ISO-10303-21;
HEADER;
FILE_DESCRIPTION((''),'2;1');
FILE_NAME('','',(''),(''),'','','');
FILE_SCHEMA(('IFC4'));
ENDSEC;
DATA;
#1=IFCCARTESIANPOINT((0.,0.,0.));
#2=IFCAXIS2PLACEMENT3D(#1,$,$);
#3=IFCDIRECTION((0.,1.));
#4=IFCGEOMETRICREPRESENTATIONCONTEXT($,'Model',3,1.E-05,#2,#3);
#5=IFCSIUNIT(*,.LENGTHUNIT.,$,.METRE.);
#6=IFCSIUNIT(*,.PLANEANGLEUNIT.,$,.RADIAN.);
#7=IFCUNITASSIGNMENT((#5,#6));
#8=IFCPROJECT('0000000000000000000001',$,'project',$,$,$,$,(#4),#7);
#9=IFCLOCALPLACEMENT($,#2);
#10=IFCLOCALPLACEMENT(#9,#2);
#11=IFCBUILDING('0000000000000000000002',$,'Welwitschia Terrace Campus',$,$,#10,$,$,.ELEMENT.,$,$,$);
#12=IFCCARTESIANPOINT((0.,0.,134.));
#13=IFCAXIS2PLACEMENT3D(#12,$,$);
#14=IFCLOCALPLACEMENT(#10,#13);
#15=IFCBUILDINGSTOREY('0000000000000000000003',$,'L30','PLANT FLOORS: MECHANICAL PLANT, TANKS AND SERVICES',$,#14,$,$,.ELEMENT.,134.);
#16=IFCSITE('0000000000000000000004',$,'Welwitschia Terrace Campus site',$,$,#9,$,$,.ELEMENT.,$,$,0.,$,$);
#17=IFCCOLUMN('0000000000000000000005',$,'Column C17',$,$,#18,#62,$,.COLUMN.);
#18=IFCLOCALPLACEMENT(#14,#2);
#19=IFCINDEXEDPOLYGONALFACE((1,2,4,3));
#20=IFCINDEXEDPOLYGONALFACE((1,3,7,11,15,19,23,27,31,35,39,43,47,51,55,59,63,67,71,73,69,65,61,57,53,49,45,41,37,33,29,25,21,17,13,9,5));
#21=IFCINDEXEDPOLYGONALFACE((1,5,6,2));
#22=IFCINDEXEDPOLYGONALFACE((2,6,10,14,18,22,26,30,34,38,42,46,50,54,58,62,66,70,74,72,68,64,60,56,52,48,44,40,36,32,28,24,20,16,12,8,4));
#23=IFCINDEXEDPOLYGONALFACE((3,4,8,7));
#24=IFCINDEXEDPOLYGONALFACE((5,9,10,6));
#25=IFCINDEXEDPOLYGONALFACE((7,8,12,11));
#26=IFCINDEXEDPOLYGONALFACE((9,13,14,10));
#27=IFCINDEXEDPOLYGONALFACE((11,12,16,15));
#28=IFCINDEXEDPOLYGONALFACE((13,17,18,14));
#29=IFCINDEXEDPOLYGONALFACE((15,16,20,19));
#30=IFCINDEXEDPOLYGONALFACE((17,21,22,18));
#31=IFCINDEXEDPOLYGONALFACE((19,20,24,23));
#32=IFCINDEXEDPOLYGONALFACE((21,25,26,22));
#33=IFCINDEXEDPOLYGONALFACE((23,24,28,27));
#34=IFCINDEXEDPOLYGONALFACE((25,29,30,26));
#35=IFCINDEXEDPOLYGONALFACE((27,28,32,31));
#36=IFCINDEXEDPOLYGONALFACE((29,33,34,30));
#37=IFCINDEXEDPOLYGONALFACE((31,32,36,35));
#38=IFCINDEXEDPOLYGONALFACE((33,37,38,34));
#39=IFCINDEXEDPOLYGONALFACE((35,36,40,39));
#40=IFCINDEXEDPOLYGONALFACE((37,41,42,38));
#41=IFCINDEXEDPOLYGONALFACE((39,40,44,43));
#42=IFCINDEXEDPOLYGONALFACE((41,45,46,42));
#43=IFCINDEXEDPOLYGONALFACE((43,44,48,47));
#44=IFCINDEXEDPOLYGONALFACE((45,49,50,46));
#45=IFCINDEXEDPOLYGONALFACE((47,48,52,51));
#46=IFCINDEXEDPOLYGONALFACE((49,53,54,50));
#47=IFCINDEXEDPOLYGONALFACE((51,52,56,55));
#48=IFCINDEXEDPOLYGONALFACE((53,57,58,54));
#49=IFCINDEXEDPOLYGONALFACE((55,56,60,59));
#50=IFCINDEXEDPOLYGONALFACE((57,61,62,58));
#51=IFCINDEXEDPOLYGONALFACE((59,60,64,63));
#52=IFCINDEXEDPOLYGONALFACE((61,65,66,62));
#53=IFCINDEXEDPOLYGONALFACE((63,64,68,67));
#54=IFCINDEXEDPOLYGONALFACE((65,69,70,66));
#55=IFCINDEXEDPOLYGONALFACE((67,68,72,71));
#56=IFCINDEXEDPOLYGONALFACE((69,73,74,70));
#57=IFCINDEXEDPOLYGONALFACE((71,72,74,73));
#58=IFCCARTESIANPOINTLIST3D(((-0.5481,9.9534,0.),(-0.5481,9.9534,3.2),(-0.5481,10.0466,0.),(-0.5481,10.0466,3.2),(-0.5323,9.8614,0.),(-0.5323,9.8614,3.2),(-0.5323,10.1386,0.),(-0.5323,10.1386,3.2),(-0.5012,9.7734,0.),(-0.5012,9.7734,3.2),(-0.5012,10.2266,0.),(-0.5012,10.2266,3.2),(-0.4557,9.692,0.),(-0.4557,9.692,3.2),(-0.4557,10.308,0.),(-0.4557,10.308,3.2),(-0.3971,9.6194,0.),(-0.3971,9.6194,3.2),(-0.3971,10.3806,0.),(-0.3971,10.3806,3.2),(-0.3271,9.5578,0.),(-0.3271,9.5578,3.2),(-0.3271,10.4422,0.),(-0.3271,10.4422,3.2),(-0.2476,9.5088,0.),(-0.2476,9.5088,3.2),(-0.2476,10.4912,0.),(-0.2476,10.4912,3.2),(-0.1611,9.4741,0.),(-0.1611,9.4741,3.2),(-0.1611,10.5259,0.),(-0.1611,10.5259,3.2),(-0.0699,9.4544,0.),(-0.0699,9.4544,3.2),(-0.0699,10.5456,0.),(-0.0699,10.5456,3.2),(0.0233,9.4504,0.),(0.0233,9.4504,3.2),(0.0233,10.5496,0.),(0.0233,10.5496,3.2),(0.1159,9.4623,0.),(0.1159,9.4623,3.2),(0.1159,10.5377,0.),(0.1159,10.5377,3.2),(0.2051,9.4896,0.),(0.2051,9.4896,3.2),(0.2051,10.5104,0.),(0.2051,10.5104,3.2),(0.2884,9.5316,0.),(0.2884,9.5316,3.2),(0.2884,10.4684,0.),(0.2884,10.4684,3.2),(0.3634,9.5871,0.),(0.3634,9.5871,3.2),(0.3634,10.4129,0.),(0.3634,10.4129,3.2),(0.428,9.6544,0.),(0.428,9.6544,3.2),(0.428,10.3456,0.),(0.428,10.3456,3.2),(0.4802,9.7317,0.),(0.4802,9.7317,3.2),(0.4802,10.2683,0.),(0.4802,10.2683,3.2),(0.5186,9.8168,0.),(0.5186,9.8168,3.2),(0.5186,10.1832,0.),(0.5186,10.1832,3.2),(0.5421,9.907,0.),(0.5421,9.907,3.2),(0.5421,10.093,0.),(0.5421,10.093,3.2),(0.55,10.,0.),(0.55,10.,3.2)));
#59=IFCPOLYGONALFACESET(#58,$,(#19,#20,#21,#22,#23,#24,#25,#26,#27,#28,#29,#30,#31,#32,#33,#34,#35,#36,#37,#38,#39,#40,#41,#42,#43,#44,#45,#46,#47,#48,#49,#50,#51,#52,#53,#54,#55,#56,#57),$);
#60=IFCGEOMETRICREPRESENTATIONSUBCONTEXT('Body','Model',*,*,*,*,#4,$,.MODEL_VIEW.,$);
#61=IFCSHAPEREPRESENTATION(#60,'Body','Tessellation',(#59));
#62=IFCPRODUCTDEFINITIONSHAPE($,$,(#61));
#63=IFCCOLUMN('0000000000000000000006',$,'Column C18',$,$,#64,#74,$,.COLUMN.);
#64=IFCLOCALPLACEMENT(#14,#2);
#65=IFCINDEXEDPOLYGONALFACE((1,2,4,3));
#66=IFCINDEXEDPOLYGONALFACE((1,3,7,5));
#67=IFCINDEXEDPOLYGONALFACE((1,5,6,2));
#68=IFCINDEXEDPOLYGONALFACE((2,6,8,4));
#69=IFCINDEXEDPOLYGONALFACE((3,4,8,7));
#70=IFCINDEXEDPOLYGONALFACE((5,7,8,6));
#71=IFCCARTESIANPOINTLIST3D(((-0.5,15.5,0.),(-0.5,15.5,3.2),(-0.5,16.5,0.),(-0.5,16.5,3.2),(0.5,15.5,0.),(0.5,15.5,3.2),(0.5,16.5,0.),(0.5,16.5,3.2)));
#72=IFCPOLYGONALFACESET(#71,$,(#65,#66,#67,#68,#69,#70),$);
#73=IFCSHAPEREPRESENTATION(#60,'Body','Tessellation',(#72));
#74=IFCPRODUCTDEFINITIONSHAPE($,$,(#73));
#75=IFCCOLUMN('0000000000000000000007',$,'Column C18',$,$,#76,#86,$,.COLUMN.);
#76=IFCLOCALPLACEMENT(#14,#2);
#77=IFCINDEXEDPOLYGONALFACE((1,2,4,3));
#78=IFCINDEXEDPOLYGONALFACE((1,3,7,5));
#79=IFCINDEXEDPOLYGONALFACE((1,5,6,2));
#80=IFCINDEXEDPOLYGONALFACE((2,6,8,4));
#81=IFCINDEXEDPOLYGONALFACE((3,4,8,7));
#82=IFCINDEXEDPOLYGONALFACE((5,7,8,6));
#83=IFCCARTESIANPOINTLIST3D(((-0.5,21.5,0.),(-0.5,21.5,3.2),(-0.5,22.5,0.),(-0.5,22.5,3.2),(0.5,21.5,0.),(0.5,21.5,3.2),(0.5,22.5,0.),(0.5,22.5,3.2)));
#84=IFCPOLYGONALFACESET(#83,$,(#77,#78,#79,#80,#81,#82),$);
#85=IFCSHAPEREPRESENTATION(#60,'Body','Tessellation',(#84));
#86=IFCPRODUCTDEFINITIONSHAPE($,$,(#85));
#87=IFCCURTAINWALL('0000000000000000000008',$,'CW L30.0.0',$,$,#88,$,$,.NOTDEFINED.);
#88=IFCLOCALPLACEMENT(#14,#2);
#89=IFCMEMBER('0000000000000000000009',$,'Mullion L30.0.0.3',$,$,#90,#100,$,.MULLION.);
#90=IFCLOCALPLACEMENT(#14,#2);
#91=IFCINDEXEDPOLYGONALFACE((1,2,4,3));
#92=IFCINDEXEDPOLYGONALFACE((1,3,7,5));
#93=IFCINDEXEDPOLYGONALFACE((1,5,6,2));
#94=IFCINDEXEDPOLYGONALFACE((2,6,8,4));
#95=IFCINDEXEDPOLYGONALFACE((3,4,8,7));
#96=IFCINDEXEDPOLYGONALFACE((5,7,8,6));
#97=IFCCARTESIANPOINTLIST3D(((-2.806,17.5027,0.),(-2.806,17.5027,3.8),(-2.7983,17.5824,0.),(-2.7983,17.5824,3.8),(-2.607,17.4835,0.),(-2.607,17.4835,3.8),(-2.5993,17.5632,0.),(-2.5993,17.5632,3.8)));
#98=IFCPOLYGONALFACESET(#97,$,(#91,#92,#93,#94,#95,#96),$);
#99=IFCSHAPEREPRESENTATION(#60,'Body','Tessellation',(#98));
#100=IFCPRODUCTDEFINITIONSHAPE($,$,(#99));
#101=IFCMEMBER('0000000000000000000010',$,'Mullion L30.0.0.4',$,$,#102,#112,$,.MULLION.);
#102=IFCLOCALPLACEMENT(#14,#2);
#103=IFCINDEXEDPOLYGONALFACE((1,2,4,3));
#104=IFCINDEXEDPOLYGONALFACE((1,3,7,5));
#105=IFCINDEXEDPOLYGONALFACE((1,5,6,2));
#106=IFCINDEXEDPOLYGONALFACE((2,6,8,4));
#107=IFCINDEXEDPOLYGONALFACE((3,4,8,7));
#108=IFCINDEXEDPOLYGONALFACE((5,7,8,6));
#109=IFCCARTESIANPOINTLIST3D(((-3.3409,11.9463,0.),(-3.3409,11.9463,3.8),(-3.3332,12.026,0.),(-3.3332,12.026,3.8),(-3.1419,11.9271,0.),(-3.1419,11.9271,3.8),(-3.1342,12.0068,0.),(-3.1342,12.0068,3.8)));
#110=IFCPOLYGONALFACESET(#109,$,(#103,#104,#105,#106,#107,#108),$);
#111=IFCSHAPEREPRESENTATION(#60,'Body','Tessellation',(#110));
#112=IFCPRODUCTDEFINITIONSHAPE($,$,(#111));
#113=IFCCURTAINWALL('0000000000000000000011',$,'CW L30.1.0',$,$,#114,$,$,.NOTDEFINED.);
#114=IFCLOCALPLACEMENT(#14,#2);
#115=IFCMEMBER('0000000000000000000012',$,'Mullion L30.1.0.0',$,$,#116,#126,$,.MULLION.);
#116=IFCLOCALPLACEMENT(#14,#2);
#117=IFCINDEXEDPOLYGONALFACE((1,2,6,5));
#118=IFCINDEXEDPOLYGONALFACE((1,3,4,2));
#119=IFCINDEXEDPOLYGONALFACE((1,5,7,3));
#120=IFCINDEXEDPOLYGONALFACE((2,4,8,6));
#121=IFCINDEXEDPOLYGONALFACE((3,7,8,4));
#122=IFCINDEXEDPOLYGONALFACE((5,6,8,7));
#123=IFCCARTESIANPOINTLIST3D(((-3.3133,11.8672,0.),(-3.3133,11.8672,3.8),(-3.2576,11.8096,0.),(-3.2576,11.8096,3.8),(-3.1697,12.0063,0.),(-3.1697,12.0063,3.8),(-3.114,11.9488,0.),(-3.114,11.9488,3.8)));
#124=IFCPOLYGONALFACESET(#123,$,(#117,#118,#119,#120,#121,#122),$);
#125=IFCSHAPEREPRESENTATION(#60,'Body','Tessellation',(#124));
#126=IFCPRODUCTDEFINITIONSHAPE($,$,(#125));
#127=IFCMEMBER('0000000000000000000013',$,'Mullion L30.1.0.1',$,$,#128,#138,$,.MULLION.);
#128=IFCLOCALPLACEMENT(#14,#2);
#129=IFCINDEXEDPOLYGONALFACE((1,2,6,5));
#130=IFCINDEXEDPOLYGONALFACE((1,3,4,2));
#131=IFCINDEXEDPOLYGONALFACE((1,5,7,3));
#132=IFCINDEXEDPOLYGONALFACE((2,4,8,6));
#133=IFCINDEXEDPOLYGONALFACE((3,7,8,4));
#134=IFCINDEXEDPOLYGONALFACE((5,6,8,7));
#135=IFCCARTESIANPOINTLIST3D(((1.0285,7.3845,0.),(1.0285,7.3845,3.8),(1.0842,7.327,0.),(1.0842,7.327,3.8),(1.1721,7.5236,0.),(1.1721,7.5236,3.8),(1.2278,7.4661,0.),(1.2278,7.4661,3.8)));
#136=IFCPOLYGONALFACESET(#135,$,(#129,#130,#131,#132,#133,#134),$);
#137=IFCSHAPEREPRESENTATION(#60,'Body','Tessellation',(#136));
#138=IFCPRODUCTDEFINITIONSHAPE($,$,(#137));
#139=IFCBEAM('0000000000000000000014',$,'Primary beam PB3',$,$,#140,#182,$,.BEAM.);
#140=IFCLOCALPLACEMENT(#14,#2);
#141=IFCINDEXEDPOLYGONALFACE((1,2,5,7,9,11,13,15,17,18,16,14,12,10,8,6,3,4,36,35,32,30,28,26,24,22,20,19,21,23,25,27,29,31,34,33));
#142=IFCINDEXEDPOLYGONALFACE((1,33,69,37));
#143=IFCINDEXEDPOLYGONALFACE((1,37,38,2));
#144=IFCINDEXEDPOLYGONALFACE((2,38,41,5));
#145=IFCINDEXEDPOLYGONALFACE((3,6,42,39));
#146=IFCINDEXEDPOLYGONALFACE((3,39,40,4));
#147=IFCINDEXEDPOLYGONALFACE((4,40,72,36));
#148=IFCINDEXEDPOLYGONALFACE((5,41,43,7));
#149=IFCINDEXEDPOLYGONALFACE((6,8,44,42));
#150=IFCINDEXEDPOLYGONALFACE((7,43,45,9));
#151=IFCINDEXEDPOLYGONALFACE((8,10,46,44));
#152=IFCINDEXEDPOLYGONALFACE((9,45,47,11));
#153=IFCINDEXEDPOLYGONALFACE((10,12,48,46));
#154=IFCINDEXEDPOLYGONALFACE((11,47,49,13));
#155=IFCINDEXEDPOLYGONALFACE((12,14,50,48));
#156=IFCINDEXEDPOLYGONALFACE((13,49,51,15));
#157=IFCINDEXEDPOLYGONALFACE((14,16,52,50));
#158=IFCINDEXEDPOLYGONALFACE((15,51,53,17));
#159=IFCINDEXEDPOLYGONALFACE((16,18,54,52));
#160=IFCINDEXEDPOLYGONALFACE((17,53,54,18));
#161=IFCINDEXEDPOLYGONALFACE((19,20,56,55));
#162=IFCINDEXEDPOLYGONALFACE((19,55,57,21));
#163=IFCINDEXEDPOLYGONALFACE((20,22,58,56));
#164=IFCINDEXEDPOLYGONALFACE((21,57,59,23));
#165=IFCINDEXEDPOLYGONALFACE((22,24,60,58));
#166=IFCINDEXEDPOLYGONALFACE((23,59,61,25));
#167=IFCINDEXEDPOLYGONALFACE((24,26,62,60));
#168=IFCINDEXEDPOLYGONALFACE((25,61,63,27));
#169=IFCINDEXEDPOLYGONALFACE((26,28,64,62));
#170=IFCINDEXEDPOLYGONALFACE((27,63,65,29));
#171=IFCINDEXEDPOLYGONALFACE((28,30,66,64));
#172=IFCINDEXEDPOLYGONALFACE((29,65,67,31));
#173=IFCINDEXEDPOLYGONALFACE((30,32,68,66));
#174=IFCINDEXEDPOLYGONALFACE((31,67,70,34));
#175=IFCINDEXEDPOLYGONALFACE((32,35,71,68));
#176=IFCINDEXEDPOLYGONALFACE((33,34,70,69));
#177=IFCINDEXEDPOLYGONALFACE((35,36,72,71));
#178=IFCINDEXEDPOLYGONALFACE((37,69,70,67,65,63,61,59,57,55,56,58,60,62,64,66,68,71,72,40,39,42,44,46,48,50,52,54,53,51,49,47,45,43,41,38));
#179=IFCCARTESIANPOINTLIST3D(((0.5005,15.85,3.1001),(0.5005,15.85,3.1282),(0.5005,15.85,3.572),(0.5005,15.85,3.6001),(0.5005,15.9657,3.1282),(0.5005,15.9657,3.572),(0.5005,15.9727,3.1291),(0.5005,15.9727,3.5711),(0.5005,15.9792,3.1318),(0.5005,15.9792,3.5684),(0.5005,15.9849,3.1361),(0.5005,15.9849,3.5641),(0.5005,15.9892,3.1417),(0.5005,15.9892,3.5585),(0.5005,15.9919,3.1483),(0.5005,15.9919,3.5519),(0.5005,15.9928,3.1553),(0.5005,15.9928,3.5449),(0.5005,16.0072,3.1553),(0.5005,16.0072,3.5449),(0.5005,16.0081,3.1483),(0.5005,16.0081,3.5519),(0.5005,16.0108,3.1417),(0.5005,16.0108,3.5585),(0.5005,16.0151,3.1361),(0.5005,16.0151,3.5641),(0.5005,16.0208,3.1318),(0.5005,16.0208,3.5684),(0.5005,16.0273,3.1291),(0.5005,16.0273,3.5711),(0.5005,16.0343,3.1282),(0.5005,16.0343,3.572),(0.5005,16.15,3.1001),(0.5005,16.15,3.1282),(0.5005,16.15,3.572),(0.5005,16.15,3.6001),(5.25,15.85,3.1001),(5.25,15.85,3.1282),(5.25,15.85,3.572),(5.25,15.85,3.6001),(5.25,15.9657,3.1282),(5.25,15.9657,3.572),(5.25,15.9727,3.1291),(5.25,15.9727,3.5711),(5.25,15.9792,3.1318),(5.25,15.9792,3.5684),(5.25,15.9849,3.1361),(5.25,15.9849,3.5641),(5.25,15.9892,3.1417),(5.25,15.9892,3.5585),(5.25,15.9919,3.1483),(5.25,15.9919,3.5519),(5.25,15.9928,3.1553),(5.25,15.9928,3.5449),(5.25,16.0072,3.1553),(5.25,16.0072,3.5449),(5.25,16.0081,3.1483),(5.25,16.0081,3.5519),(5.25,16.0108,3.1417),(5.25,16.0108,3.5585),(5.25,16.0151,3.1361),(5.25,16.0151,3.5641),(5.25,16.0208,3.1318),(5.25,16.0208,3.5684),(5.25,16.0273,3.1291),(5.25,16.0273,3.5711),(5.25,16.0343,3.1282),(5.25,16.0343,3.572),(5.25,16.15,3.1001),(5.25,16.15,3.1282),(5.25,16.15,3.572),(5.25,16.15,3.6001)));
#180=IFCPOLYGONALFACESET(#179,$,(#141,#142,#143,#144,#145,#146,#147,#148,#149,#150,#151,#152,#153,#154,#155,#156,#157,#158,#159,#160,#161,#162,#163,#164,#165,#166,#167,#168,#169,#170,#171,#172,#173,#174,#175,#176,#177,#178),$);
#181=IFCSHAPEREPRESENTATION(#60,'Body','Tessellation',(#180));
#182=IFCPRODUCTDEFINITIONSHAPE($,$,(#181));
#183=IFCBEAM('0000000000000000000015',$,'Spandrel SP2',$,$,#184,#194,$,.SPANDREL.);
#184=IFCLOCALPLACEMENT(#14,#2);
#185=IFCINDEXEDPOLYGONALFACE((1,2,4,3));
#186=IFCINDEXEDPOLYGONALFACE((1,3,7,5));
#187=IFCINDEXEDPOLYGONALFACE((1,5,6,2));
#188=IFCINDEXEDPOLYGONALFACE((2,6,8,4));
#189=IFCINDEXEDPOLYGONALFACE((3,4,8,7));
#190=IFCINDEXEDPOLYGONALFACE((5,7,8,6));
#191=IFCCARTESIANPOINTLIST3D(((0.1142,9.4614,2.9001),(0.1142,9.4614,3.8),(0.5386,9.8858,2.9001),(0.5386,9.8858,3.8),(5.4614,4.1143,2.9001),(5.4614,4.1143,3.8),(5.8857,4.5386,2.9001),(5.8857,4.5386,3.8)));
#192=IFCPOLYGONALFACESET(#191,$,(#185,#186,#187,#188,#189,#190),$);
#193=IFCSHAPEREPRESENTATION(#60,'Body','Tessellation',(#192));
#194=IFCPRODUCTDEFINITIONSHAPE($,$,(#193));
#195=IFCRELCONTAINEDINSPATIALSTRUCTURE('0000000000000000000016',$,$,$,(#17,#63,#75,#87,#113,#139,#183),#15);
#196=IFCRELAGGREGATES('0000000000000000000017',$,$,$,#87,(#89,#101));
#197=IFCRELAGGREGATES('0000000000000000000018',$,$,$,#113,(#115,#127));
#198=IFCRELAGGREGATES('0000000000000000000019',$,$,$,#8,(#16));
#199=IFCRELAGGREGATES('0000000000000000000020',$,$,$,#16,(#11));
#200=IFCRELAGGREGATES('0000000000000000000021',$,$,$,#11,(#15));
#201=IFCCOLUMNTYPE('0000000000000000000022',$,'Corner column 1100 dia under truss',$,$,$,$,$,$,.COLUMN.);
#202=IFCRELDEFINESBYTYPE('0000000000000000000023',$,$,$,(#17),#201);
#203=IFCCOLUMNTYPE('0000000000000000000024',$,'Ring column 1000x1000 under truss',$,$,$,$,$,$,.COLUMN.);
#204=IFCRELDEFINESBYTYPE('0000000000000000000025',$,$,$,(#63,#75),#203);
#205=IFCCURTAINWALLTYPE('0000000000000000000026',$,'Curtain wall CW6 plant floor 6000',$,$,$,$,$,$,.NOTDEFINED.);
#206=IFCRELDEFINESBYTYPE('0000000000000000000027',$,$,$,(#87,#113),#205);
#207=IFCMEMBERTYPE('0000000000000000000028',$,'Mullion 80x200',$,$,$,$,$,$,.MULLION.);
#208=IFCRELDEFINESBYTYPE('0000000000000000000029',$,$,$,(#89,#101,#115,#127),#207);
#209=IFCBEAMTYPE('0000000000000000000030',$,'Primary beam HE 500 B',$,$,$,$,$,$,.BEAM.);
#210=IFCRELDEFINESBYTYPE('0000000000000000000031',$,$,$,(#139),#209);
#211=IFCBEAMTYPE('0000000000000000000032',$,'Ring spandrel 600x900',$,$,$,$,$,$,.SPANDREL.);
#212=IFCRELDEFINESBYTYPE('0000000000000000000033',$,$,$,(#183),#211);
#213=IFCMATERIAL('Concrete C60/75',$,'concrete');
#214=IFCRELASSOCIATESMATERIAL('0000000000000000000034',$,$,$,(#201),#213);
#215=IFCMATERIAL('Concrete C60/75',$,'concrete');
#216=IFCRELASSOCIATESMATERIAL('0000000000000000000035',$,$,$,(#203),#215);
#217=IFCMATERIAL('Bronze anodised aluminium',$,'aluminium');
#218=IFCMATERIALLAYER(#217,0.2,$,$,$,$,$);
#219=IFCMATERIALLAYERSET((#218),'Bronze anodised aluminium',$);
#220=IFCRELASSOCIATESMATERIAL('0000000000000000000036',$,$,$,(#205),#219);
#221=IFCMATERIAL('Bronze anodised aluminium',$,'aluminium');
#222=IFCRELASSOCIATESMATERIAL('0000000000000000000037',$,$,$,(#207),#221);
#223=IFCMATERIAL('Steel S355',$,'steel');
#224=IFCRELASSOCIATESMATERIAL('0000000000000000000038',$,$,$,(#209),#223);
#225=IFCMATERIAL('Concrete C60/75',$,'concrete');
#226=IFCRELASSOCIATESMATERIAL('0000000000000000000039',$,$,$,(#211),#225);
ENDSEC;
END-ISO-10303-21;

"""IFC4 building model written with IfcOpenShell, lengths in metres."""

from ifc_helpers import new_model, si_unit, direction, frame, origin, origin_2d, place, context, subcontext, project, spatial, rectangle, circle, i_section, extrude, material, layer, layer_set, material_profile, profile_set, type_object, element, aggregate, save


model = new_model("IFC4")

# Units and contexts
model_context = context("Model", 3, precision=1e-05, world=origin(), true_north=direction((0.0, 1.0)))
body_context = subcontext(model_context, "Body", "Model", "MODEL_VIEW")
ifc_project = project(units=[si_unit("LENGTHUNIT", "METRE"), si_unit("PLANEANGLEUNIT", "RADIAN")], contexts=[model_context])

# Site, building, storey
site_placement = place(None, origin())
site = spatial("IfcSite", under=ifc_project, at=site_placement, Name="Welwitschia Terrace Campus site", CompositionType="ELEMENT", RefElevation=0.0)
building_placement = place(site_placement, origin())
building = spatial("IfcBuilding", under=site, at=building_placement, Name="Welwitschia Terrace Campus", CompositionType="ELEMENT")
storey_placement = place(building_placement, frame((0.0, 0.0, 134.0)))
storey = spatial("IfcBuildingStorey", under=building, at=storey_placement, Name="L30", Description="PLANT FLOORS: MECHANICAL PLANT, TANKS AND SERVICES", CompositionType="ELEMENT", Elevation=134.0)

# Columns
ifc_material_1 = material(Name="Concrete C60/75", Category="concrete")
ifc_material_profile_1 = material_profile(ifc_material_1, circle(Radius=0.55, at=origin_2d()))
ifc_profile_set_1 = profile_set([ifc_material_profile_1], Name="Concrete C60/75")
column_type_1 = type_object("IfcColumnType", Name="Corner column 1100 dia under truss", PredefinedType="COLUMN", material=ifc_profile_set_1)
column_placement = place(storey_placement, frame((0.0, 10.0, 0.0), z_axis=(0.0, 0.0, 1.0), x_axis=(1.0, 0.0, 0.0)))
element("IfcColumn", 1, at=column_placement, inside=storey, type_object=column_type_1, Name="Column C17", PredefinedType="COLUMN", context=body_context, shape_type="SweptSolid", body=[
    extrude(circle(Radius=0.55, at=origin_2d()), origin(), (0.0, 0.0, 1.0), 3.2),
])
ifc_material_2 = material(Name="Concrete C60/75", Category="concrete")
ifc_material_profile_2 = material_profile(ifc_material_2, rectangle(XDim=1.0, YDim=1.0, at=origin_2d()))
ifc_profile_set_2 = profile_set([ifc_material_profile_2], Name="Concrete C60/75")
column_type_2 = type_object("IfcColumnType", Name="Ring column 1000x1000 under truss", PredefinedType="COLUMN", material=ifc_profile_set_2)
for number, where, z_axis, x_axis, name in (
    (2, (0.0, 16.0, 0.0), (0.0, 0.0, 1.0), (1.0, 0.0, 0.0), "Column C18"),
    (3, (0.0, 22.0, 0.0), (0.0, 0.0, 1.0), (1.0, 0.0, 0.0), "Column C18"),
):
    element("IfcColumn", number, at=place(storey_placement, frame(where, z_axis=z_axis, x_axis=x_axis)), inside=storey, type_object=column_type_2, Name=name, PredefinedType="COLUMN", context=body_context, shape_type="SweptSolid", body=[
        extrude(rectangle(XDim=1.0, YDim=1.0, at=origin_2d()), origin(), (0.0, 0.0, 1.0), 3.2),
    ])

# Curtain walls, members
ifc_material_3 = material(Name="Bronze anodised aluminium", Category="aluminium")
ifc_layer_1 = layer(ifc_material_3, 0.2)
ifc_layer_set_1 = layer_set([ifc_layer_1], Name="Bronze anodised aluminium")
curtain_wall_type = type_object("IfcCurtainWallType", Name="Curtain wall CW6 plant floor 6000", PredefinedType="NOTDEFINED", material=ifc_layer_set_1)
curtain_wall_1_placement = place(storey_placement, origin())
curtain_wall_1 = element("IfcCurtainWall", 4, at=curtain_wall_1_placement, inside=storey, type_object=curtain_wall_type, Name="CW L30.0.0", PredefinedType="NOTDEFINED")
ifc_material_4 = material(Name="Bronze anodised aluminium", Category="aluminium")
ifc_material_profile_3 = material_profile(ifc_material_4, rectangle(XDim=0.2, YDim=0.0801, at=origin_2d()))
ifc_profile_set_3 = profile_set([ifc_material_profile_3], Name="Bronze anodised aluminium")
member_type_1 = type_object("IfcMemberType", Name="Mullion 80x200", PredefinedType="MULLION", material=ifc_profile_set_3)
member_1_placement = place(storey_placement, frame((-2.7026, 17.533, 0.0), z_axis=(0.0, 0.0, 1.0), x_axis=(0.995396, -0.095846, 0.0)))
member_1 = element("IfcMember", 5, at=member_1_placement, type_object=member_type_1, Name="Mullion L30.0.0.3", PredefinedType="MULLION", context=body_context, shape_type="SweptSolid", body=[
    extrude(rectangle(XDim=0.2, YDim=0.0801, at=origin_2d()), origin(), (0.0, 0.0, 1.0), 3.8),
])
member_2_placement = place(storey_placement, frame((-3.2375, 11.9766, 0.0), z_axis=(0.0, 0.0, 1.0), x_axis=(0.995396, -0.095846, 0.0)))
member_2 = element("IfcMember", 6, at=member_2_placement, type_object=member_type_1, Name="Mullion L30.0.0.4", PredefinedType="MULLION", context=body_context, shape_type="SweptSolid", body=[
    extrude(rectangle(XDim=0.2, YDim=0.0801, at=origin_2d()), origin(), (0.0, 0.0, 1.0), 3.8),
])
curtain_wall_2_placement = place(storey_placement, origin())
curtain_wall_2 = element("IfcCurtainWall", 7, at=curtain_wall_2_placement, inside=storey, type_object=curtain_wall_type, Name="CW L30.1.0", PredefinedType="NOTDEFINED")
member_3_placement = place(storey_placement, frame((-3.2136, 11.908, 0.0), z_axis=(0.0, 0.0, 1.0), x_axis=(0.718306, 0.695727, 0.0)))
member_3 = element("IfcMember", 8, at=member_3_placement, type_object=member_type_1, Name="Mullion L30.1.0.0", PredefinedType="MULLION", context=body_context, shape_type="SweptSolid", body=[
    extrude(rectangle(XDim=0.2, YDim=0.0801, at=origin_2d()), origin(), (0.0, 0.0, 1.0), 3.8),
])
member_4_placement = place(storey_placement, frame((1.1282, 7.4253, 0.0), z_axis=(0.0, 0.0, 1.0), x_axis=(0.718306, 0.695727, 0.0)))
member_4 = element("IfcMember", 9, at=member_4_placement, type_object=member_type_1, Name="Mullion L30.1.0.1", PredefinedType="MULLION", context=body_context, shape_type="SweptSolid", body=[
    extrude(rectangle(XDim=0.2, YDim=0.0801, at=origin_2d()), origin(), (0.0, 0.0, 1.0), 3.8),
])

# Beams
ifc_material_5 = material(Name="Steel S355", Category="steel")
ifc_material_profile_4 = material_profile(ifc_material_5, i_section(OverallWidth=0.3, OverallDepth=0.5, WebThickness=0.0144, FlangeThickness=0.0281, FilletRadius=0.0271, at=origin_2d()))
ifc_profile_set_4 = profile_set([ifc_material_profile_4], Name="Steel S355")
beam_type_1 = type_object("IfcBeamType", Name="Primary beam HE 500 B", PredefinedType="BEAM", material=ifc_profile_set_4)
beam_1_placement = place(storey_placement, frame((0.5005, 16.0, 3.3501), z_axis=(1.0, 0.0, 0.0), x_axis=(0.0, 1.0, 0.0)))
element("IfcBeam", 10, at=beam_1_placement, inside=storey, type_object=beam_type_1, Name="Primary beam PB3", PredefinedType="BEAM", context=body_context, shape_type="SweptSolid", body=[
    extrude(i_section(OverallWidth=0.3, OverallDepth=0.5, WebThickness=0.0144, FlangeThickness=0.0281, FilletRadius=0.0271, at=origin_2d()), origin(), (0.0, 0.0, 1.0), 4.7495),
])
ifc_material_6 = material(Name="Concrete C60/75", Category="concrete")
ifc_material_profile_5 = material_profile(ifc_material_6, rectangle(XDim=0.6001, YDim=0.8999, at=origin_2d()))
ifc_profile_set_5 = profile_set([ifc_material_profile_5], Name="Concrete C60/75")
beam_type_2 = type_object("IfcBeamType", Name="Ring spandrel 600x900", PredefinedType="SPANDREL", material=ifc_profile_set_5)
beam_2_placement = place(storey_placement, frame((0.3264, 9.6736, 3.3501), z_axis=(0.707107, -0.707107, 0.0), x_axis=(0.707107, 0.707107, 0.0)))
element("IfcBeam", 11, at=beam_2_placement, inside=storey, type_object=beam_type_2, Name="Spandrel SP2", PredefinedType="SPANDREL", context=body_context, shape_type="SweptSolid", body=[
    extrude(rectangle(XDim=0.6001, YDim=0.8999, at=origin_2d()), origin(), (0.0, 0.0, 1.0), 7.562),
])

aggregate(curtain_wall_1, [member_1, member_2])
aggregate(curtain_wall_2, [member_3, member_4])

save(model, "model.ifc")
